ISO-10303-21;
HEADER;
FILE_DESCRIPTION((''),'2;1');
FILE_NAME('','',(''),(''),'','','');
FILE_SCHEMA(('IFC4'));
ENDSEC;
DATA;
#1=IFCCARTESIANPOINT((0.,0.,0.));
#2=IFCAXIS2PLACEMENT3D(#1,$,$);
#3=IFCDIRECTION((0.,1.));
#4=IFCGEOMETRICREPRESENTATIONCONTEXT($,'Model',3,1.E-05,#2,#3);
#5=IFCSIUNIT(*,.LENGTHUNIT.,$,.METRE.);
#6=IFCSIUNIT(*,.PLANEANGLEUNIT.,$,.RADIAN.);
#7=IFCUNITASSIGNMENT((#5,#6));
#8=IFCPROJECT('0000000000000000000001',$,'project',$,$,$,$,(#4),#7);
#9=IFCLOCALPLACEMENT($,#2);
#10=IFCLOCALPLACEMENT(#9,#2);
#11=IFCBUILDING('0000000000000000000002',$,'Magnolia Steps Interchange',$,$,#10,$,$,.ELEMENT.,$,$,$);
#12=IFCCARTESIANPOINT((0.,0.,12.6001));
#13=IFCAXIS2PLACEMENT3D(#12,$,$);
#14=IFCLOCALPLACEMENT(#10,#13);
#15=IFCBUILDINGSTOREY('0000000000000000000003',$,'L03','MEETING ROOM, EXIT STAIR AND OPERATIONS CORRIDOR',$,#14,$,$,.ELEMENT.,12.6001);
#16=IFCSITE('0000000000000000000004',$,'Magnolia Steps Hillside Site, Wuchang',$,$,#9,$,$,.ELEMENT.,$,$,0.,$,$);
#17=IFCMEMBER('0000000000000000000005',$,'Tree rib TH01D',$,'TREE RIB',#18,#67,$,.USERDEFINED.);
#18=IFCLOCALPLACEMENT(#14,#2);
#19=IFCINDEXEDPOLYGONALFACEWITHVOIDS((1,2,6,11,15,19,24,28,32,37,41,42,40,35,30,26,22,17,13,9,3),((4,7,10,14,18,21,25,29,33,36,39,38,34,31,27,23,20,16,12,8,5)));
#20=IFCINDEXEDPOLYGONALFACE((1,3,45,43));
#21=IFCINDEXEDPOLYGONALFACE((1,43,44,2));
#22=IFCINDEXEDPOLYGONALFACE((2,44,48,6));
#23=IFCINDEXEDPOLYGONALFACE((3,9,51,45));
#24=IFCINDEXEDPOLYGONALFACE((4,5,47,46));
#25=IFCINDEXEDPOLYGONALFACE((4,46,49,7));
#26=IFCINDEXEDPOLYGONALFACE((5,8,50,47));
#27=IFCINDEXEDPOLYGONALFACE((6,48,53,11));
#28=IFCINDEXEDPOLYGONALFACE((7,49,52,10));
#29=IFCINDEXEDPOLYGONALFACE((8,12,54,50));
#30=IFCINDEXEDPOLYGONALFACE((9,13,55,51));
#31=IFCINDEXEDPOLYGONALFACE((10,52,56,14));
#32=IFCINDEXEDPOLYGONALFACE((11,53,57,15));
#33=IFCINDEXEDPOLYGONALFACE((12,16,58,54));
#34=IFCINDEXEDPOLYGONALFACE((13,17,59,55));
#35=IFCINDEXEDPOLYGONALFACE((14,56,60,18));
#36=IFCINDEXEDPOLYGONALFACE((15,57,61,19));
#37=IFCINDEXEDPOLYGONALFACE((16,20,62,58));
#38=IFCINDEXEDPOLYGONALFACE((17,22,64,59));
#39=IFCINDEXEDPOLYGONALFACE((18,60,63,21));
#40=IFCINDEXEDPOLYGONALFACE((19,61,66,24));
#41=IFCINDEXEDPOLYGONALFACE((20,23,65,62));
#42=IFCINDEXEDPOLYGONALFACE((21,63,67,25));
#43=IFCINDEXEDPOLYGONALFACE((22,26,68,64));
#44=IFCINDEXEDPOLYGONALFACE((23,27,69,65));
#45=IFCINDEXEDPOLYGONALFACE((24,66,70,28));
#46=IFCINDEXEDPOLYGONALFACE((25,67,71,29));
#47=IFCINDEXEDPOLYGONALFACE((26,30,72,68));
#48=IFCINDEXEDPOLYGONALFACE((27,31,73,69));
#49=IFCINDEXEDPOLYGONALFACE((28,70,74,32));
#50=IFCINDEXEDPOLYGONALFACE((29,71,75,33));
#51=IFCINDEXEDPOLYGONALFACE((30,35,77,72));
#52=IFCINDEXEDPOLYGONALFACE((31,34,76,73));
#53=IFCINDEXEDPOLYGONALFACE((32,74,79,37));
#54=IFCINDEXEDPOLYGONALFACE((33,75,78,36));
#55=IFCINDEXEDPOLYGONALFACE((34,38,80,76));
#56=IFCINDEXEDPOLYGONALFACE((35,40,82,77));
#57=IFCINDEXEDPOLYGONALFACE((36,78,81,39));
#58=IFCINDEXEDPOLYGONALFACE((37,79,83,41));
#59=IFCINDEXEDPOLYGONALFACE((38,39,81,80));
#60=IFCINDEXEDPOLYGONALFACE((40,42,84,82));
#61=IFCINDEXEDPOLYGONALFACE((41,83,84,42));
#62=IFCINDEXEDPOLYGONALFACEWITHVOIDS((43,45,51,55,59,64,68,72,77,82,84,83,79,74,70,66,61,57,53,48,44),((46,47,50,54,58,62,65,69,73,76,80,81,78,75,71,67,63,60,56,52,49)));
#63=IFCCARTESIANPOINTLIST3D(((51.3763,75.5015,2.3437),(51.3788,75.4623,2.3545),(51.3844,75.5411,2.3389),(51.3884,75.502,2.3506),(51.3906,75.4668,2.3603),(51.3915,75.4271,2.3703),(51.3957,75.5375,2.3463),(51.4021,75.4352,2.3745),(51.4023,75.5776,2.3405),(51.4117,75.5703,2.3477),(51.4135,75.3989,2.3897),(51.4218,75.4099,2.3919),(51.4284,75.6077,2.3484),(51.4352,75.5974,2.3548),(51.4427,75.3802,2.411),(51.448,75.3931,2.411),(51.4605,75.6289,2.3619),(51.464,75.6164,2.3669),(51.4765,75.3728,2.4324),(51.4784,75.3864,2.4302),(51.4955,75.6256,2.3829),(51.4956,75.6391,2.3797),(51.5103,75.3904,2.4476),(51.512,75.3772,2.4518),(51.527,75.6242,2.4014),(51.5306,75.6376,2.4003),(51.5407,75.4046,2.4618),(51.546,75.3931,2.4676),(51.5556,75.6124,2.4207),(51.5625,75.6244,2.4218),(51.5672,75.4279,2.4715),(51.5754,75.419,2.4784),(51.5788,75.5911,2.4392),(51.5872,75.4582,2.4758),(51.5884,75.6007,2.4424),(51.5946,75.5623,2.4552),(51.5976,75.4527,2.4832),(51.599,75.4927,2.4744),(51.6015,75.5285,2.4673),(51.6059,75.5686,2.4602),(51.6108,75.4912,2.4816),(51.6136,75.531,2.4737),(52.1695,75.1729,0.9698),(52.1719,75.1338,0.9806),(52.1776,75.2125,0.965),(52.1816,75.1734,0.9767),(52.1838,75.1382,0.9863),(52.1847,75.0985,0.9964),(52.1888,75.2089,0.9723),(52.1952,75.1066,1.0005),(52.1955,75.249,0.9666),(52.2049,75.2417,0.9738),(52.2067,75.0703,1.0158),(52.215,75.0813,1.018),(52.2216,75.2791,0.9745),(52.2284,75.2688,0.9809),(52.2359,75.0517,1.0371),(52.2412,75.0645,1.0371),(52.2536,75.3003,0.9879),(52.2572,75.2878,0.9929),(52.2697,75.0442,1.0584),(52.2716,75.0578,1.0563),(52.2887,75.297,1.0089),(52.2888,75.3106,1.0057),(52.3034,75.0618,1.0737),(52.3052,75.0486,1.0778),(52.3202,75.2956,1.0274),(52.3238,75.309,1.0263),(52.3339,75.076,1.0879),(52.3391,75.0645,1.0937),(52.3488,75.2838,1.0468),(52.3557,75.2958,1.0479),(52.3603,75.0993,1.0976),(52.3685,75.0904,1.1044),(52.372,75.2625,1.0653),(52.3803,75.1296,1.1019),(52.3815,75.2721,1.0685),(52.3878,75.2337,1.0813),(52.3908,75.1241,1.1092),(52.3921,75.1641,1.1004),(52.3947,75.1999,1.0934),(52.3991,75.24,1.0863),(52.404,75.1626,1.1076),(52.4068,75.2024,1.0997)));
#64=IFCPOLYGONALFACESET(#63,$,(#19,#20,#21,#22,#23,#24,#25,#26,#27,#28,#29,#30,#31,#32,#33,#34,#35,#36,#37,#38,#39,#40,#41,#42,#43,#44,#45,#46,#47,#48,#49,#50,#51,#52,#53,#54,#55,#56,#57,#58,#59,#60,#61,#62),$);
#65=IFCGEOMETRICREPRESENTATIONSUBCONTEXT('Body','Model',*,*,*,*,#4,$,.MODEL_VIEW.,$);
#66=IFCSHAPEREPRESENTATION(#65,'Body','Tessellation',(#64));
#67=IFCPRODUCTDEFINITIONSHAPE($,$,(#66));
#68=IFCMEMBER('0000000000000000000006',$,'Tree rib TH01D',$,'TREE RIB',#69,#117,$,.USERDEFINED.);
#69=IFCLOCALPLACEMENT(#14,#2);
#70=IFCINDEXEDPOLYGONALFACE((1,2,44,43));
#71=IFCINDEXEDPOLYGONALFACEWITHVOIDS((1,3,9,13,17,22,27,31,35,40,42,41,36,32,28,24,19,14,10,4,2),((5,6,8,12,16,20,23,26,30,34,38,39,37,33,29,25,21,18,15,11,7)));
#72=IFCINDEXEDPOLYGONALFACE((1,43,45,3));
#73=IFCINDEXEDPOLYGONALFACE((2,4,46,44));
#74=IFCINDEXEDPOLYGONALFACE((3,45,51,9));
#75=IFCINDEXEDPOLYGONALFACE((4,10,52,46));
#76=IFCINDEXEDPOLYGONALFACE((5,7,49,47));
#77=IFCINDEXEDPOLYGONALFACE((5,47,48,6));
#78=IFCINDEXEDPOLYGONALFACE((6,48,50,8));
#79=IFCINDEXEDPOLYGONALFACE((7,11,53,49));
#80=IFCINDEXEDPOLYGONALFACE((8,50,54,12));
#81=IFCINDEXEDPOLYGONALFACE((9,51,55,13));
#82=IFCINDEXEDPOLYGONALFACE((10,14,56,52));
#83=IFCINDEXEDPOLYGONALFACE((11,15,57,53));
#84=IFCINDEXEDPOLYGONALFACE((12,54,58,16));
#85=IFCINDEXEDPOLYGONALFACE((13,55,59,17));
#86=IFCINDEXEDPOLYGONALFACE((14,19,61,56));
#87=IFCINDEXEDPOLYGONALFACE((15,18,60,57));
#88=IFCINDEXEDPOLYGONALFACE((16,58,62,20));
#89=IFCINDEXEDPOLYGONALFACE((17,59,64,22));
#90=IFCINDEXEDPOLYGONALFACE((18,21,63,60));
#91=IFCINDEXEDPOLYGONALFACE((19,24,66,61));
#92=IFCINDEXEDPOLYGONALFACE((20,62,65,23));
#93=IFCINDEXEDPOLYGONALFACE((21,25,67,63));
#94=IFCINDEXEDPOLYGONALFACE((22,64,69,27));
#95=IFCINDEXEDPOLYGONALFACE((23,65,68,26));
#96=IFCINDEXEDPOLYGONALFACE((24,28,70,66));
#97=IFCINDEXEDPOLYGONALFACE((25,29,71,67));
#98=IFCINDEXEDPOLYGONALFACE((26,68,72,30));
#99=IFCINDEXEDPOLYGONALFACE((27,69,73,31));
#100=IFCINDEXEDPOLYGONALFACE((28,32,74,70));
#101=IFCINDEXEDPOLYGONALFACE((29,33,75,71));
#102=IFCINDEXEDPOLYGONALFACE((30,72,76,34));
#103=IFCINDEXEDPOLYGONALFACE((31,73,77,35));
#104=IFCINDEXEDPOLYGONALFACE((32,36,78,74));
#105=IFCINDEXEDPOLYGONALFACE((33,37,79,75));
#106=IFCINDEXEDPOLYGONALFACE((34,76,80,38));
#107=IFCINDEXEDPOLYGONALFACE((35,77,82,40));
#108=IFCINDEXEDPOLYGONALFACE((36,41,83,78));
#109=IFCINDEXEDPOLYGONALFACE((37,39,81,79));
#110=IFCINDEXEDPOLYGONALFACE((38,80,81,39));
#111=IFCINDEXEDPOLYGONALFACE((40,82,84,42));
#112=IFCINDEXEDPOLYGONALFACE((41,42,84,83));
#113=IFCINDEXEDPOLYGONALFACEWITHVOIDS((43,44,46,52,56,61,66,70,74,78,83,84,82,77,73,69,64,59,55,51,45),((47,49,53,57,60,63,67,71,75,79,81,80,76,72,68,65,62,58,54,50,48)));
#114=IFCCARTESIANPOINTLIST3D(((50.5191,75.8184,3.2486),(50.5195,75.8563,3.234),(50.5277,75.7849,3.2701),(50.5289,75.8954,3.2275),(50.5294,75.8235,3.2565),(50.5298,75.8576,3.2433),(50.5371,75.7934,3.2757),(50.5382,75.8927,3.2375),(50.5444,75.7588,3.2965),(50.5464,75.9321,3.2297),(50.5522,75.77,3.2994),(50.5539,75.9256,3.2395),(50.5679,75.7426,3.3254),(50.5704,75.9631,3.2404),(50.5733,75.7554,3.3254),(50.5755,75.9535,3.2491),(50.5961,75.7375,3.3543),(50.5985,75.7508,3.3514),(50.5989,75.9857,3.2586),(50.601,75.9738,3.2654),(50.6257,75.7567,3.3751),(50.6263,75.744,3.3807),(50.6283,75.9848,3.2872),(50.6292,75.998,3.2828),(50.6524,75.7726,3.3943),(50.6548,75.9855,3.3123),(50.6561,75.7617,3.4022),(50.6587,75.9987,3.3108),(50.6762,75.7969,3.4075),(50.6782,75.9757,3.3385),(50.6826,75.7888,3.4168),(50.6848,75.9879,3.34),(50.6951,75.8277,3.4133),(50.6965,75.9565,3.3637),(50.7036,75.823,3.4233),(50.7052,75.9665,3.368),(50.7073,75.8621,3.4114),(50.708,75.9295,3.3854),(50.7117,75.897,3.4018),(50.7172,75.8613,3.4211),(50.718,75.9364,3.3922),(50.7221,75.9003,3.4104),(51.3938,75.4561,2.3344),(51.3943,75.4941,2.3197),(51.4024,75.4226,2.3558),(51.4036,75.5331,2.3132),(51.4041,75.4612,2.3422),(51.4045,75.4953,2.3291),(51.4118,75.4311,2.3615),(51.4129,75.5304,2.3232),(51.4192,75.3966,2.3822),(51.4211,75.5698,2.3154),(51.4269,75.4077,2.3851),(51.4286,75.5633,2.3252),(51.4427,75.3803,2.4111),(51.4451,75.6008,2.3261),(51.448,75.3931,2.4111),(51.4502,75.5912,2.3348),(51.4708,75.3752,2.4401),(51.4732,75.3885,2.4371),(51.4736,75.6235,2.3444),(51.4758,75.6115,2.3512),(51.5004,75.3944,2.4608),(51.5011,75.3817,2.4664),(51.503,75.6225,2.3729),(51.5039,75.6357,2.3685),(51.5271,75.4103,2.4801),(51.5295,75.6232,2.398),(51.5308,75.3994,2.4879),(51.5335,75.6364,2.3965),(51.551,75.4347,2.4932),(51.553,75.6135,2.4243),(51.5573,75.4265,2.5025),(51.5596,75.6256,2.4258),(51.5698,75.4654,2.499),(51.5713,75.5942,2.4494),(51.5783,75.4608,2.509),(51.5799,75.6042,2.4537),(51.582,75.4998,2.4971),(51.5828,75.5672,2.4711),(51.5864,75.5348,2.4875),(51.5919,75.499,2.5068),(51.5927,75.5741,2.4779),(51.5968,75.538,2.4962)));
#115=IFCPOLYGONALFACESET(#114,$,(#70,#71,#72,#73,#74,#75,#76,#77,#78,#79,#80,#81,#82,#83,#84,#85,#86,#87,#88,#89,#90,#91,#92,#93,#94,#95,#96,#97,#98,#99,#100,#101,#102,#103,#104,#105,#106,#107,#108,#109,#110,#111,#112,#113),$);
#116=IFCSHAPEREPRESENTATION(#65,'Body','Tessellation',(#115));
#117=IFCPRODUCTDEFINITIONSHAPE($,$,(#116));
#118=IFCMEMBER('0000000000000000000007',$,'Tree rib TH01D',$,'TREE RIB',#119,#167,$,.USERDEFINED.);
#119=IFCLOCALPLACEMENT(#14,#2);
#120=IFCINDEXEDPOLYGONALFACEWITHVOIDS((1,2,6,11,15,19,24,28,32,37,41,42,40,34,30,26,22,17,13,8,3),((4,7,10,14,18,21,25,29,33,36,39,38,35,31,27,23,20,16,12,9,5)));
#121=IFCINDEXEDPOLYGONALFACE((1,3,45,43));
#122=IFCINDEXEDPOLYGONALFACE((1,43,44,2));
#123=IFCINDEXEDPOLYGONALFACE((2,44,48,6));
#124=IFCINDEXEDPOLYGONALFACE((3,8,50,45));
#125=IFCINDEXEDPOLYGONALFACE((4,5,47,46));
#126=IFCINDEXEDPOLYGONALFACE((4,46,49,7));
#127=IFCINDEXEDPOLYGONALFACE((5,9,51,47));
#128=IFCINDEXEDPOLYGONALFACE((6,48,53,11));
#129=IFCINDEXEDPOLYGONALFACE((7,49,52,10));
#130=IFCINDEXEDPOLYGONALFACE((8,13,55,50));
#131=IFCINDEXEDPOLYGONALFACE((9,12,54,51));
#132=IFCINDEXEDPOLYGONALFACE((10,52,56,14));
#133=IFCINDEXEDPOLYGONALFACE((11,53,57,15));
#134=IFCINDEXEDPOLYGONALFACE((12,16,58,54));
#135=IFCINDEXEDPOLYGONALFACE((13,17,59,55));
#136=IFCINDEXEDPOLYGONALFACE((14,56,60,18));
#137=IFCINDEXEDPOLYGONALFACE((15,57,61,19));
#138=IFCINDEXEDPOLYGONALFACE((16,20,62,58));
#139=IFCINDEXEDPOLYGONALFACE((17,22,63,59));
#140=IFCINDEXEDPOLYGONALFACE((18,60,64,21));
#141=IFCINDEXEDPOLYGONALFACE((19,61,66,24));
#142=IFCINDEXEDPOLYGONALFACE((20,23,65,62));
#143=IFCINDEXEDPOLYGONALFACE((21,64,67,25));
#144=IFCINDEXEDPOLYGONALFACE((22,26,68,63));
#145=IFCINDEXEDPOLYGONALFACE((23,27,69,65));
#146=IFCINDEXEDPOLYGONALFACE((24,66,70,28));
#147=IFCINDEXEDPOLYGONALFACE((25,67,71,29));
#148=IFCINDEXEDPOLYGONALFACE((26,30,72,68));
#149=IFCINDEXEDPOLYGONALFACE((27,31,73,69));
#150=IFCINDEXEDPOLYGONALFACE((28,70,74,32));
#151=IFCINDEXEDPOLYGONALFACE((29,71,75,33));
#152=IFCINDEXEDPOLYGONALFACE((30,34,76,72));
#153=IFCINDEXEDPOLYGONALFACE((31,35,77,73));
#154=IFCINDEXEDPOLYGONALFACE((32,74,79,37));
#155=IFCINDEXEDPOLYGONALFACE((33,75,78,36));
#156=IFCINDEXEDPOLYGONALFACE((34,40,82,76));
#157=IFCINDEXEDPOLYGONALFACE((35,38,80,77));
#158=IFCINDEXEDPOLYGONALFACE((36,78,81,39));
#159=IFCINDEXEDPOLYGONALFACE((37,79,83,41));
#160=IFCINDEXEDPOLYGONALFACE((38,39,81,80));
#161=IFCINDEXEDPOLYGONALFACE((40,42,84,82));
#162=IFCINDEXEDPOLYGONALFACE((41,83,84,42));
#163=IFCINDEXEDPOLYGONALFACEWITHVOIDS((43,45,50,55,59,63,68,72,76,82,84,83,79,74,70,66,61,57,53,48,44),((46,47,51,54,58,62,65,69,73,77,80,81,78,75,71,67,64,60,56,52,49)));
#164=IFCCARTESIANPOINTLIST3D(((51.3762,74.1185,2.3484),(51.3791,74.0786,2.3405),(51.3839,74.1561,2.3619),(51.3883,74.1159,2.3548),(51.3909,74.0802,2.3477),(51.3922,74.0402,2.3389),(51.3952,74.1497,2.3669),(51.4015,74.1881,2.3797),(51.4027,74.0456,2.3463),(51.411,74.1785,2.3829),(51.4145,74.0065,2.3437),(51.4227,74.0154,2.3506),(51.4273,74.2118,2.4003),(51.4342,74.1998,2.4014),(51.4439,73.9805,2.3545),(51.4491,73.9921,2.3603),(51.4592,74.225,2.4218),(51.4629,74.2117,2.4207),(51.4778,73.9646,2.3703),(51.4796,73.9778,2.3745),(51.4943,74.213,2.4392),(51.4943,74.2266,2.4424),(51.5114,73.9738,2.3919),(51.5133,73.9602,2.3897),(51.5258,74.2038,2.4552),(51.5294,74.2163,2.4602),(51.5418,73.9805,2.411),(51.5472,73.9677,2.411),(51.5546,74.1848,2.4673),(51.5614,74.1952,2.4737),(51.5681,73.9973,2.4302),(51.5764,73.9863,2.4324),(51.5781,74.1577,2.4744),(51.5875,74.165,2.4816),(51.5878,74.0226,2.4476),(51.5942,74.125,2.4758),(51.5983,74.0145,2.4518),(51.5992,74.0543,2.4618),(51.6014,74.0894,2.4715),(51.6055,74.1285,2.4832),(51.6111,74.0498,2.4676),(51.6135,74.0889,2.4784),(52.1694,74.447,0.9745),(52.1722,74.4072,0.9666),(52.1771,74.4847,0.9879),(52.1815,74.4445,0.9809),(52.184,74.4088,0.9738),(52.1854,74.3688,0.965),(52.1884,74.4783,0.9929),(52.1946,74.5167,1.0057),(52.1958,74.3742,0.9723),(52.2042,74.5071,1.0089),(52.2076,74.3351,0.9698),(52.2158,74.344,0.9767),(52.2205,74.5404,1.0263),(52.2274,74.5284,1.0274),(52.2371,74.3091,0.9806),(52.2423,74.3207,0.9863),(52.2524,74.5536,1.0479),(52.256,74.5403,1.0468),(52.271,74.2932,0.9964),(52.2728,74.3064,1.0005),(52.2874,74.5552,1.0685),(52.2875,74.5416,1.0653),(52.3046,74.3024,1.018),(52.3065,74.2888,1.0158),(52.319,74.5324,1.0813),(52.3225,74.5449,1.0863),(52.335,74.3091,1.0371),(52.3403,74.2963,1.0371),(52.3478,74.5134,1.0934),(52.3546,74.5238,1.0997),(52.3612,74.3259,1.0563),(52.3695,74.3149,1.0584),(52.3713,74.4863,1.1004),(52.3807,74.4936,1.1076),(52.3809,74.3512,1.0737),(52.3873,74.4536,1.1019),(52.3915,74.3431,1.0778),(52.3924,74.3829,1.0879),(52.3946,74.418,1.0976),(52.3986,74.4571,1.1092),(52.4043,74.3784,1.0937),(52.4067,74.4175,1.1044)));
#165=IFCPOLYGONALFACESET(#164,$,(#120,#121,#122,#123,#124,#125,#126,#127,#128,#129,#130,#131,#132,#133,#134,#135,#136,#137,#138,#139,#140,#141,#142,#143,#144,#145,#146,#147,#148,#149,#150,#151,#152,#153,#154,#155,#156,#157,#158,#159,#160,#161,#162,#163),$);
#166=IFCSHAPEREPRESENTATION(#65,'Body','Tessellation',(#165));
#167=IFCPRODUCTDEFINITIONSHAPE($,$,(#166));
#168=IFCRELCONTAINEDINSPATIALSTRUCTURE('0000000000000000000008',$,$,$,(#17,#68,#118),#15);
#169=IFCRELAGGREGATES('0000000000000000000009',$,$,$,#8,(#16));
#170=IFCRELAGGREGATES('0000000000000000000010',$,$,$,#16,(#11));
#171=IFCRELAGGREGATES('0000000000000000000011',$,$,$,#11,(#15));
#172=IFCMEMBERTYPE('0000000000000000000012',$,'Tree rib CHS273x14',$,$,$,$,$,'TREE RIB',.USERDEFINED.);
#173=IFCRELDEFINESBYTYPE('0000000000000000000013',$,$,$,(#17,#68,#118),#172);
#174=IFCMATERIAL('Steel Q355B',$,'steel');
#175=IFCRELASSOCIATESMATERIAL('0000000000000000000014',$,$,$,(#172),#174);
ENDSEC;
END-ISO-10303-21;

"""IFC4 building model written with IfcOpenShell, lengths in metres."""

from ifc_helpers import new_model, si_unit, direction, frame, origin, origin_2d, place, context, subcontext, project, spatial, hollow_circle, extrude, material, material_profile, profile_set, type_object, element, save


model = new_model("IFC4")

# Units and contexts
model_context = context("Model", 3, precision=1e-05, world=origin(), true_north=direction((0.0, 1.0)))
body_context = subcontext(model_context, "Body", "Model", "MODEL_VIEW")
ifc_project = project(units=[si_unit("LENGTHUNIT", "METRE"), si_unit("PLANEANGLEUNIT", "RADIAN")], contexts=[model_context])

# Site, building, storey
site_placement = place(None, origin())
site = spatial("IfcSite", under=ifc_project, at=site_placement, Name="Magnolia Steps Hillside Site, Wuchang", CompositionType="ELEMENT", RefElevation=0.0)
building_placement = place(site_placement, origin())
building = spatial("IfcBuilding", under=site, at=building_placement, Name="Magnolia Steps Interchange", CompositionType="ELEMENT")
storey_placement = place(building_placement, frame((0.0, 0.0, 12.6001)))
storey = spatial("IfcBuildingStorey", under=building, at=storey_placement, Name="L03", Description="MEETING ROOM, EXIT STAIR AND OPERATIONS CORRIDOR", CompositionType="ELEMENT", Elevation=12.6001)

# Members
ifc_material_1 = material(Name="Steel Q355B", Category="steel")
ifc_material_profile_1 = material_profile(ifc_material_1, hollow_circle(Radius=0.1365, WallThickness=0.0139, at=origin_2d()), Name="CHS273x14")
ifc_profile_set_1 = profile_set([ifc_material_profile_1], Name="Steel Q355B")
member_type = type_object("IfcMemberType", Name="Tree rib CHS273x14", ElementType="TREE RIB", PredefinedType="USERDEFINED", material=ifc_profile_set_1)
member_1_placement = place(storey_placement, frame((52.2881, 75.1777, 1.0371), z_axis=(-0.489571, 0.20282, 0.848047), x_axis=(-0.382737, -0.923857, 0.0)))
element("IfcMember", 1, at=member_1_placement, inside=storey, type_object=member_type, Name="Tree rib TH01D", ObjectType="TREE RIB", PredefinedType="USERDEFINED", context=body_context, shape_type="SweptSolid", body=[
    extrude(hollow_circle(Radius=0.1365, WallThickness=0.0139, at=origin_2d()), origin(), (0.0, 0.0, 1.0), 1.6201),
])
member_2_placement = place(storey_placement, frame((51.4949, 75.5063, 2.4111), z_axis=(-0.6646, 0.275263, 0.694649), x_axis=(-0.382655, -0.923891, 0.0)))
element("IfcMember", 2, at=member_2_placement, inside=storey, type_object=member_type, Name="Tree rib TH01D", ObjectType="TREE RIB", PredefinedType="USERDEFINED", context=body_context, shape_type="SweptSolid", body=[
    extrude(hollow_circle(Radius=0.1365, WallThickness=0.0139, at=origin_2d()), origin(), (0.0, 0.0, 1.0), 1.3162),
])
member_3_placement = place(storey_placement, frame((52.2881, 74.4224, 1.0371), z_axis=(-0.489571, -0.20282, 0.848047), x_axis=(0.382737, -0.923857, 0.0)))
element("IfcMember", 3, at=member_3_placement, inside=storey, type_object=member_type, Name="Tree rib TH01D", ObjectType="TREE RIB", PredefinedType="USERDEFINED", context=body_context, shape_type="SweptSolid", body=[
    extrude(hollow_circle(Radius=0.1365, WallThickness=0.0139, at=origin_2d()), origin(), (0.0, 0.0, 1.0), 1.6201),
])

save(model, "model.ifc")
